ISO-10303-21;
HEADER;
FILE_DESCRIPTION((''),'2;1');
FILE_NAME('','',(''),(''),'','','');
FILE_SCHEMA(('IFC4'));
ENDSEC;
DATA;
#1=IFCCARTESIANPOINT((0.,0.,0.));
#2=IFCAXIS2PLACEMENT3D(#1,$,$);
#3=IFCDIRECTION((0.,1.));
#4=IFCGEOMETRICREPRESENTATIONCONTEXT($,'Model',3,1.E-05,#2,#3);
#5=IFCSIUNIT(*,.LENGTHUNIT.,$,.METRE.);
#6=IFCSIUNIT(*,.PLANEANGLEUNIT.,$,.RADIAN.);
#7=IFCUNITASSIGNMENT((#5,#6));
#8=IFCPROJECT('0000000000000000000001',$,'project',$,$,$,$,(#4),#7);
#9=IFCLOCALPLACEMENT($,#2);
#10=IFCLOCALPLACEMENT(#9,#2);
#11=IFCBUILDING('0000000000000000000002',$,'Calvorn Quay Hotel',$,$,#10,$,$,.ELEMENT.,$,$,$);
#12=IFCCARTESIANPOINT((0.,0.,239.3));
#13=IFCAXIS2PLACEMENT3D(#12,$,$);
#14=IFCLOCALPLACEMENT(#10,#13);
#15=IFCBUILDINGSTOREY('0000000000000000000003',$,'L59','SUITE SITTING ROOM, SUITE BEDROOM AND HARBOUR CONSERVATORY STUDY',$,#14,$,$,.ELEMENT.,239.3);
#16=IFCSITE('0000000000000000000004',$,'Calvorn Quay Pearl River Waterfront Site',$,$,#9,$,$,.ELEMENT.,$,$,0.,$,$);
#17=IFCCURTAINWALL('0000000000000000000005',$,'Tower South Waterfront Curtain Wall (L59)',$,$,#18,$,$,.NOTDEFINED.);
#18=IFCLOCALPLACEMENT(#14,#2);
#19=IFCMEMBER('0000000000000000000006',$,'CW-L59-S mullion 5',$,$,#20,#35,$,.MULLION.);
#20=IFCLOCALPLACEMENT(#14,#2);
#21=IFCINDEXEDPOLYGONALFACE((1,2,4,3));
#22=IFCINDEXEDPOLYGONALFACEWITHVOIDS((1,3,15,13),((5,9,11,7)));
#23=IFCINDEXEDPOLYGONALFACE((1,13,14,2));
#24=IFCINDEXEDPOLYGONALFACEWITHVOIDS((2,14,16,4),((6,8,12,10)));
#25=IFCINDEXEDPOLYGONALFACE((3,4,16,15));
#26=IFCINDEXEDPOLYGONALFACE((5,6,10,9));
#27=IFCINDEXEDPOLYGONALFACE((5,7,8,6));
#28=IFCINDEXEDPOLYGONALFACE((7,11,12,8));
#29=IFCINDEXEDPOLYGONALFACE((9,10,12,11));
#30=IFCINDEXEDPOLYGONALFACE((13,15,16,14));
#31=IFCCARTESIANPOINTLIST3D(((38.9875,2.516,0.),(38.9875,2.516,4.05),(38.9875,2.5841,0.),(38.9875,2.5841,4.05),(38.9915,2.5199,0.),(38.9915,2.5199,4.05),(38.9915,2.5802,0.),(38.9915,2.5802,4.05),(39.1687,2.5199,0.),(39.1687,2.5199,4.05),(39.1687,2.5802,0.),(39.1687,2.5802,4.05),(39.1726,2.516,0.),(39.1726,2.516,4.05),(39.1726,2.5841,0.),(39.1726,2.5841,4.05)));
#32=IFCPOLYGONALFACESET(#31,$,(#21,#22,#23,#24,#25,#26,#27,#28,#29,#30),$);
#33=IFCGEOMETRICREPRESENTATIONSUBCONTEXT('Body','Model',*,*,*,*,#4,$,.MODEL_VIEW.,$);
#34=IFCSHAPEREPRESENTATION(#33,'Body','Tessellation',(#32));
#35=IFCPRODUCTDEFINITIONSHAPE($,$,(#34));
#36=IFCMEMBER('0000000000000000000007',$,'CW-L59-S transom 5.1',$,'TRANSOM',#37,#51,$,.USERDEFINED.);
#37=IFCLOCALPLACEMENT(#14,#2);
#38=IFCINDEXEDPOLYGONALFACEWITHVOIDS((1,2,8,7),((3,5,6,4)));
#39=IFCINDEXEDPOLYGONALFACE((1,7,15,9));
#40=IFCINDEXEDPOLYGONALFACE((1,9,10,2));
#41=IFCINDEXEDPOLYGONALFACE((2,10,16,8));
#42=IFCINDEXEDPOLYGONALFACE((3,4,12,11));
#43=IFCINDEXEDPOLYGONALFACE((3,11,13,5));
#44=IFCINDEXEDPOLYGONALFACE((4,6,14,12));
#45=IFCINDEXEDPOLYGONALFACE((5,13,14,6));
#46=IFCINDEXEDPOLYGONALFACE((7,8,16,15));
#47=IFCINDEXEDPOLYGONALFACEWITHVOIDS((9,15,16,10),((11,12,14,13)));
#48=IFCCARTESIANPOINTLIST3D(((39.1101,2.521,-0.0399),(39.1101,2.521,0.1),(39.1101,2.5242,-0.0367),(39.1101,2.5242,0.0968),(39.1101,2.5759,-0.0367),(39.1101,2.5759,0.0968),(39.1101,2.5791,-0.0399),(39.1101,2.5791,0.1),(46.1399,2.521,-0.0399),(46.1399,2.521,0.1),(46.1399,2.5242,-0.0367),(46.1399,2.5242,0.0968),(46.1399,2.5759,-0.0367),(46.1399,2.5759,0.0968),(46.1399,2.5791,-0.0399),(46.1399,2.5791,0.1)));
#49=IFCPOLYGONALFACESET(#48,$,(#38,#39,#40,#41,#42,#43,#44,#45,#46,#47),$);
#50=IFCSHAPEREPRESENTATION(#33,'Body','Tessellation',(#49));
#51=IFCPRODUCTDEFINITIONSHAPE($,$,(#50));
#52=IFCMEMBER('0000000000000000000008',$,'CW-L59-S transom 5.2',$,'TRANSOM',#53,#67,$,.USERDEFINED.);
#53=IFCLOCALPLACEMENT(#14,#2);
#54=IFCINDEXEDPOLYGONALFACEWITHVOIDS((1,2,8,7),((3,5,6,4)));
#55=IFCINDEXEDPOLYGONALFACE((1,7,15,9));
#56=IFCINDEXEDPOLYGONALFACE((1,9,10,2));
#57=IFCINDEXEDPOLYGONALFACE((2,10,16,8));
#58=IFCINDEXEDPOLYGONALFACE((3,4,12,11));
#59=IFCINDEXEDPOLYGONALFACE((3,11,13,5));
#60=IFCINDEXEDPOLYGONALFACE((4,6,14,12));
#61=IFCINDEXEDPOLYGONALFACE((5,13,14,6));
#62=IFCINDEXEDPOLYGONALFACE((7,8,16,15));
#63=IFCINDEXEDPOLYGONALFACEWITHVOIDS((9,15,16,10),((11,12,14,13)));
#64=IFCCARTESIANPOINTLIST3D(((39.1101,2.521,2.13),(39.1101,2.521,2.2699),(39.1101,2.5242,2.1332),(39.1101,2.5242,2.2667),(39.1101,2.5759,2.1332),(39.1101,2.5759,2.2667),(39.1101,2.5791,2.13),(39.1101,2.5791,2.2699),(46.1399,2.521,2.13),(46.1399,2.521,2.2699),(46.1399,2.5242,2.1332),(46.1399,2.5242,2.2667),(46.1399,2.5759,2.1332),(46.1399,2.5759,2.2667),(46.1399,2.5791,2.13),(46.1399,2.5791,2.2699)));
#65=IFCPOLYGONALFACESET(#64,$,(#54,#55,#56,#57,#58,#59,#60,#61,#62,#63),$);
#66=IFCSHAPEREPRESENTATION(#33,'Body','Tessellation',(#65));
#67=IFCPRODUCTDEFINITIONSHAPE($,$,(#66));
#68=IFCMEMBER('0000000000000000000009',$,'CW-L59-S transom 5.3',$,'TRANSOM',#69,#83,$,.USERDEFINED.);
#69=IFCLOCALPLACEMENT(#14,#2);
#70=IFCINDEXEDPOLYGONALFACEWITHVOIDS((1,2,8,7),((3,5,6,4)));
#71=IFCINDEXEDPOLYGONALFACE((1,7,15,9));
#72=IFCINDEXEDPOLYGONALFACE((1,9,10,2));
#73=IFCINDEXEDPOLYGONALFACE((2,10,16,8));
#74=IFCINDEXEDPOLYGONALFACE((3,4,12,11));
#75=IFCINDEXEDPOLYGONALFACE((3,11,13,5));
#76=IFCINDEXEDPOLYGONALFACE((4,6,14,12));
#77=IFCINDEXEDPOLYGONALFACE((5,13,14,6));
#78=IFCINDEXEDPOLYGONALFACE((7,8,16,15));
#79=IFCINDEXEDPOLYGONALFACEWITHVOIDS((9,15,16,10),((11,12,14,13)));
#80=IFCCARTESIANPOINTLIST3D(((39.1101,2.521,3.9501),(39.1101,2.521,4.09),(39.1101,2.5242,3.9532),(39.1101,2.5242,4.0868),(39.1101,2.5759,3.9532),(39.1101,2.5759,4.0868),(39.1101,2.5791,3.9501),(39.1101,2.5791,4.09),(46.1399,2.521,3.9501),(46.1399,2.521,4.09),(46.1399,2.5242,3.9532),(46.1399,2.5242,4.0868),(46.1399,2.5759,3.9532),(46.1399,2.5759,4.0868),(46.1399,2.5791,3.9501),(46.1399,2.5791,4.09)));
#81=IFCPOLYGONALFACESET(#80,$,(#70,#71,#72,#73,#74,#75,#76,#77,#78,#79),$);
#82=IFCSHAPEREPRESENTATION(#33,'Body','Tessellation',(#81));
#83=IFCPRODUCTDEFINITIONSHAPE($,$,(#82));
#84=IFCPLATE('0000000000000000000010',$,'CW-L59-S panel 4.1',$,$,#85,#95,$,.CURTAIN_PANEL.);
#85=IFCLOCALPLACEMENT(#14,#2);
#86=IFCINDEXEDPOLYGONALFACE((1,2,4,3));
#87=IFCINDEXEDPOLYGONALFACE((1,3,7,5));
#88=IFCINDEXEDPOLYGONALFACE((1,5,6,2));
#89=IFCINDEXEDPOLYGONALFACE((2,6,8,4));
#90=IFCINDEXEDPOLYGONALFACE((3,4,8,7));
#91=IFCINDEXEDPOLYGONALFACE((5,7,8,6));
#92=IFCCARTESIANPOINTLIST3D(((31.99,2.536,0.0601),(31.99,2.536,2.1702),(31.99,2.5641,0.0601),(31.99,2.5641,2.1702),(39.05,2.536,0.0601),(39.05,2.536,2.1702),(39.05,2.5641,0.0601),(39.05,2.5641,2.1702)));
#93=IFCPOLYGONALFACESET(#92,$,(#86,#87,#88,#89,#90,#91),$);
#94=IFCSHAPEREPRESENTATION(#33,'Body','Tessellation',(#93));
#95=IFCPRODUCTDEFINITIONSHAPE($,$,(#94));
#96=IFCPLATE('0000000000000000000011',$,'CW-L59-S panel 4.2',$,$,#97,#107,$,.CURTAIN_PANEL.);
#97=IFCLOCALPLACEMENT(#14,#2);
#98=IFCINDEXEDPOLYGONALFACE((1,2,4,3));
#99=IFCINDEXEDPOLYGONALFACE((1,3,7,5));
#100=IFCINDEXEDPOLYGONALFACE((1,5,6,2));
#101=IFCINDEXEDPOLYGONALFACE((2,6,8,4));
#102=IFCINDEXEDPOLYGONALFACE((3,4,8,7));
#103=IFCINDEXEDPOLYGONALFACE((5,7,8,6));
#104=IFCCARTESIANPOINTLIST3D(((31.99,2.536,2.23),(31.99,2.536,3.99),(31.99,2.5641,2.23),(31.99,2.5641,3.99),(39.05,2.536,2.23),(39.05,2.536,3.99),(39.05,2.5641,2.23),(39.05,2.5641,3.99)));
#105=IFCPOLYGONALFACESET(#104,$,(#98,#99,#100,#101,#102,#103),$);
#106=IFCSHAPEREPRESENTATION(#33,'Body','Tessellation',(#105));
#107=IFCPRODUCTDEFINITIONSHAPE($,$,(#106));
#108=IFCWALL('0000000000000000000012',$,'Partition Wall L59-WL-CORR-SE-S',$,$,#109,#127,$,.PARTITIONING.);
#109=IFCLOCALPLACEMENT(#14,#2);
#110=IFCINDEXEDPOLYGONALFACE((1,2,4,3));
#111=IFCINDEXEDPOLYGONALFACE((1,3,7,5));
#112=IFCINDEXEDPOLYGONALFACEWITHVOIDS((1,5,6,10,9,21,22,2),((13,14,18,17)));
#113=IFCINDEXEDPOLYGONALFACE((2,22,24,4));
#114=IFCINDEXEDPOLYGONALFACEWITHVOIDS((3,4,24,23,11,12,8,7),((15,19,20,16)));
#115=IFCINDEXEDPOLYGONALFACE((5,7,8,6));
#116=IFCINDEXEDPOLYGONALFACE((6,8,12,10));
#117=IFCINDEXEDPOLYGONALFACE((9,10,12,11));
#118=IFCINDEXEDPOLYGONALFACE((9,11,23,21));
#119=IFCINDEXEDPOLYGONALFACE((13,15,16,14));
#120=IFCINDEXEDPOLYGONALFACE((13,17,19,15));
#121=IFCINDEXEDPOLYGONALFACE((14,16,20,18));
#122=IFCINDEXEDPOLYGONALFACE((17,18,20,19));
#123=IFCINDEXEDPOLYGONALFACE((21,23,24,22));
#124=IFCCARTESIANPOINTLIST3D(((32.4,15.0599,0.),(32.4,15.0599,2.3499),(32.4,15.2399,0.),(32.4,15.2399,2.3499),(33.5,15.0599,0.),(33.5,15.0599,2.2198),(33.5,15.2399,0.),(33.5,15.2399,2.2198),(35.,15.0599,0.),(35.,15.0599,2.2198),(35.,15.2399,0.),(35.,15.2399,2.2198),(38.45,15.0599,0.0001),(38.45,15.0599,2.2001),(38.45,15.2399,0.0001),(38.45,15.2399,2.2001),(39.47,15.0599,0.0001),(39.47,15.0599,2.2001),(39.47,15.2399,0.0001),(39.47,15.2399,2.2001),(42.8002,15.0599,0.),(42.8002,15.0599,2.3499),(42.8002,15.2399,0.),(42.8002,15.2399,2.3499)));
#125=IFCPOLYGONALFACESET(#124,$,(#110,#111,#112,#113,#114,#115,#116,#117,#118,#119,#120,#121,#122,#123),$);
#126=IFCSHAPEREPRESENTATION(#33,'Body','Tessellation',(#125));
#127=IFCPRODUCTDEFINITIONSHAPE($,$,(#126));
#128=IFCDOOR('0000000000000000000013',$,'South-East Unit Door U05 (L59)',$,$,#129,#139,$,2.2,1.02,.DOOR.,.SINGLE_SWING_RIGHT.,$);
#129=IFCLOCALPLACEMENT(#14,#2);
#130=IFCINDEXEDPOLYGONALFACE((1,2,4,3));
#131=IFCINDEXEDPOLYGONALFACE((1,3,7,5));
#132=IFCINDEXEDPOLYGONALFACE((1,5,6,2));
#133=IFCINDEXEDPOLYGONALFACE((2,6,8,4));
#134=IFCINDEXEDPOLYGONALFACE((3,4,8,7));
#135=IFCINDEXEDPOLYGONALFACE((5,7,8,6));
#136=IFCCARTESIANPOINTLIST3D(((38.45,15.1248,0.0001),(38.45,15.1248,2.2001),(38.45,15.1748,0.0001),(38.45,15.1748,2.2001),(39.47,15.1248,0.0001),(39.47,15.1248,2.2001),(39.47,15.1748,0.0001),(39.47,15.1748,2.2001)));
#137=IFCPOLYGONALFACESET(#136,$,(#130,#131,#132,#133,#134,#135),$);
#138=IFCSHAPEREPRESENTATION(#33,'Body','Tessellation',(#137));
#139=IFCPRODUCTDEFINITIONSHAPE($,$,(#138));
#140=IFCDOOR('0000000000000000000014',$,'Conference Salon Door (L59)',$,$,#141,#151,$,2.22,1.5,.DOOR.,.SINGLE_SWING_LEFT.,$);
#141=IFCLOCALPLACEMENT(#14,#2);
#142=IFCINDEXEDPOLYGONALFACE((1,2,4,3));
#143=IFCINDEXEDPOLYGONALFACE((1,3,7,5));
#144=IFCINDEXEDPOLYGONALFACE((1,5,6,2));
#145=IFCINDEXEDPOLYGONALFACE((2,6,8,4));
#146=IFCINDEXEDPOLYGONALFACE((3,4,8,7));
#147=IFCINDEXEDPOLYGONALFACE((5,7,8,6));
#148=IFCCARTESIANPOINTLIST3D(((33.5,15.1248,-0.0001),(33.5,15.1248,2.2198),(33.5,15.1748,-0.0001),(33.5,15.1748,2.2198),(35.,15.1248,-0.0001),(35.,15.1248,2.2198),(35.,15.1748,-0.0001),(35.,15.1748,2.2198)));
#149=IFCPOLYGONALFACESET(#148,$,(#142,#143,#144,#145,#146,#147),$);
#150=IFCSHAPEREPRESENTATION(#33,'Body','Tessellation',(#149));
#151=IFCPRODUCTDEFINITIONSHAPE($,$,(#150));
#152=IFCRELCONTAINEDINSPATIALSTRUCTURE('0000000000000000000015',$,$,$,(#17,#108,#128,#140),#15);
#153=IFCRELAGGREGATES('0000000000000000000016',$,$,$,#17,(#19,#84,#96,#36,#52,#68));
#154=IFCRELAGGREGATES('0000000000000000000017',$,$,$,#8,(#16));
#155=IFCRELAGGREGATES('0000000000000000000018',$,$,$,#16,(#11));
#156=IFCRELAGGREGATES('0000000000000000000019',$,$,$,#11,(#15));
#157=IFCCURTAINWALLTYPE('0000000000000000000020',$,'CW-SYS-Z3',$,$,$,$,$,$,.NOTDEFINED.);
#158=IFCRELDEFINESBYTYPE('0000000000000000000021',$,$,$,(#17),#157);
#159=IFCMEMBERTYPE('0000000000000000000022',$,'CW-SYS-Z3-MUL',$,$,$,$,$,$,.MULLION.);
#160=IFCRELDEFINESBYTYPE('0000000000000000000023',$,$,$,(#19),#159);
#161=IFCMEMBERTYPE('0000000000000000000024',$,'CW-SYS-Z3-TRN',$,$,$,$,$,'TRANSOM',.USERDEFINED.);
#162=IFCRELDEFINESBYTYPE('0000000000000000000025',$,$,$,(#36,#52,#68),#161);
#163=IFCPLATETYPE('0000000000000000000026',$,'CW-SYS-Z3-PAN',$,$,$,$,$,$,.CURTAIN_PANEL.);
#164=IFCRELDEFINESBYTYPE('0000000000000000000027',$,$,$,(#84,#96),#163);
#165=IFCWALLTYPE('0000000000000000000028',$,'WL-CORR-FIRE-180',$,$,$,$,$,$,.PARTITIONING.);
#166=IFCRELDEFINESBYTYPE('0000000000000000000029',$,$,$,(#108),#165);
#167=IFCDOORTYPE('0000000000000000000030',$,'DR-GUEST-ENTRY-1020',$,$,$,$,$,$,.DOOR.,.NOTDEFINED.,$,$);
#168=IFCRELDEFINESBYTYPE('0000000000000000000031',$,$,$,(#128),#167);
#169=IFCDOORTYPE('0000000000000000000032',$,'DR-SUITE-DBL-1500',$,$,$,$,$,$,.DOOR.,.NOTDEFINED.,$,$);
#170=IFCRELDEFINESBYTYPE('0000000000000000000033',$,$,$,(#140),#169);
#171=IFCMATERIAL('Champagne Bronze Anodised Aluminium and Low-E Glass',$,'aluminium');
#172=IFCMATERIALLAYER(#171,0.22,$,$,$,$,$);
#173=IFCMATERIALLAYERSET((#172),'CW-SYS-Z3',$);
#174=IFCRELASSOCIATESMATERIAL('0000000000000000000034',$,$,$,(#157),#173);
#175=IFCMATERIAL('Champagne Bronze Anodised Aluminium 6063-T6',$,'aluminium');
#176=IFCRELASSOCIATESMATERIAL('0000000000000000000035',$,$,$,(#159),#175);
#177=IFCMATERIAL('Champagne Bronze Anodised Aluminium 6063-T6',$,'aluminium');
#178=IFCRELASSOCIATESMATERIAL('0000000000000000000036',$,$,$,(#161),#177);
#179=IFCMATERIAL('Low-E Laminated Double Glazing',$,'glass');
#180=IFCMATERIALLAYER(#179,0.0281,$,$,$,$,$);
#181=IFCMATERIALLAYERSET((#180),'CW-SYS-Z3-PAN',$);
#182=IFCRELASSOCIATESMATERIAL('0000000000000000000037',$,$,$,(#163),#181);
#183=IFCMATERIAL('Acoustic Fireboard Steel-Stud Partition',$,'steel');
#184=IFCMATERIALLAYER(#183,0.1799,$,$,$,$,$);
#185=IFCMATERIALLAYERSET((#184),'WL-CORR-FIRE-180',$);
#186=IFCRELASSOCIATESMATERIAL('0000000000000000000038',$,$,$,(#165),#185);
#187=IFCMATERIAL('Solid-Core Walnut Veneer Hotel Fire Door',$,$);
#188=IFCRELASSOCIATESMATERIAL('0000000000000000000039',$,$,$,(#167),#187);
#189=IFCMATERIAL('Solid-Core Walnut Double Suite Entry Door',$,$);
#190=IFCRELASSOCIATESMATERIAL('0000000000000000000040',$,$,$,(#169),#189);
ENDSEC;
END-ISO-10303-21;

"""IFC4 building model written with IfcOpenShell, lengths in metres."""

from ifc_helpers import new_model, si_unit, direction, frame, frame_2d, origin, origin_2d, place, context, subcontext, project, spatial, rectangle, hollow_rectangle, extrude, material, layer, layer_set, material_profile, profile_set, type_object, element, fill, aggregate, save


model = new_model("IFC4")

# Units and contexts
model_context = context("Model", 3, precision=1e-05, world=origin(), true_north=direction((0.0, 1.0)))
body_context = subcontext(model_context, "Body", "Model", "MODEL_VIEW")
ifc_project = project(units=[si_unit("LENGTHUNIT", "METRE"), si_unit("PLANEANGLEUNIT", "RADIAN")], contexts=[model_context])

# Site, building, storey
site_placement = place(None, origin())
site = spatial("IfcSite", under=ifc_project, at=site_placement, Name="Calvorn Quay Pearl River Waterfront Site", CompositionType="ELEMENT", RefElevation=0.0)
building_placement = place(site_placement, origin())
building = spatial("IfcBuilding", under=site, at=building_placement, Name="Calvorn Quay Hotel", CompositionType="ELEMENT")
storey_placement = place(building_placement, frame((0.0, 0.0, 239.3)))
storey = spatial("IfcBuildingStorey", under=building, at=storey_placement, Name="L59", Description="SUITE SITTING ROOM, SUITE BEDROOM AND HARBOUR CONSERVATORY STUDY", CompositionType="ELEMENT", Elevation=239.3)

# Curtain wall, members, plates
ifc_material_1 = material(Name="Champagne Bronze Anodised Aluminium and Low-E Glass", Category="aluminium")
ifc_layer_1 = layer(ifc_material_1, 0.22)
ifc_layer_set_1 = layer_set([ifc_layer_1], Name="CW-SYS-Z3")
curtain_wall_type = type_object("IfcCurtainWallType", Name="CW-SYS-Z3", PredefinedType="NOTDEFINED", material=ifc_layer_set_1)
curtain_wall_placement = place(storey_placement, origin())
curtain_wall = element("IfcCurtainWall", 1, at=curtain_wall_placement, inside=storey, type_object=curtain_wall_type, Name="Tower South Waterfront Curtain Wall (L59)", PredefinedType="NOTDEFINED")
ifc_material_2 = material(Name="Champagne Bronze Anodised Aluminium 6063-T6", Category="aluminium")
ifc_material_profile_1 = material_profile(ifc_material_2, hollow_rectangle(XDim=0.0681, YDim=0.1851, WallThickness=0.0039, at=origin_2d()), Name="ALU-M185x68x4")
ifc_profile_set_1 = profile_set([ifc_material_profile_1], Name="Champagne Bronze Anodised Aluminium 6063-T6")
member_type_1 = type_object("IfcMemberType", Name="CW-SYS-Z3-MUL", PredefinedType="MULLION", material=ifc_profile_set_1)
member_1_placement = place(storey_placement, frame((39.0801, 2.55, 0.0), z_axis=(0.0, 0.0, 1.0), x_axis=(0.0, 1.0, 0.0)))
member_1 = element("IfcMember", 2, at=member_1_placement, type_object=member_type_1, Name="CW-L59-S mullion 5", PredefinedType="MULLION", context=body_context, shape_type="SweptSolid", body=[
    extrude(hollow_rectangle(XDim=0.0681, YDim=0.1851, WallThickness=0.0039, at=origin_2d()), origin(), (0.0, 0.0, 1.0), 4.05),
])
ifc_material_3 = material(Name="Champagne Bronze Anodised Aluminium 6063-T6", Category="aluminium")
ifc_material_profile_2 = material_profile(ifc_material_3, hollow_rectangle(XDim=0.0581, YDim=0.1399, WallThickness=0.0032, at=origin_2d()), Name="ALU-T140x58x3.2")
ifc_profile_set_2 = profile_set([ifc_material_profile_2], Name="Champagne Bronze Anodised Aluminium 6063-T6")
member_type_2 = type_object("IfcMemberType", Name="CW-SYS-Z3-TRN", ElementType="TRANSOM", PredefinedType="USERDEFINED", material=ifc_profile_set_2)
member_2_placement = place(storey_placement, frame((39.1101, 2.55, 0.03), z_axis=(1.0, 0.0, 0.0), x_axis=(0.0, 1.0, 0.0)))
member_2 = element("IfcMember", 3, at=member_2_placement, type_object=member_type_2, Name="CW-L59-S transom 5.1", ObjectType="TRANSOM", PredefinedType="USERDEFINED", context=body_context, shape_type="SweptSolid", body=[
    extrude(hollow_rectangle(XDim=0.0581, YDim=0.1399, WallThickness=0.0032, at=origin_2d()), origin(), (0.0, 0.0, 1.0), 7.0298),
])
member_3_placement = place(storey_placement, frame((39.1101, 2.55, 2.2), z_axis=(1.0, 0.0, 0.0), x_axis=(0.0, 1.0, 0.0)))
member_3 = element("IfcMember", 4, at=member_3_placement, type_object=member_type_2, Name="CW-L59-S transom 5.2", ObjectType="TRANSOM", PredefinedType="USERDEFINED", context=body_context, shape_type="SweptSolid", body=[
    extrude(hollow_rectangle(XDim=0.0581, YDim=0.1399, WallThickness=0.0032, at=origin_2d()), origin(), (0.0, 0.0, 1.0), 7.0298),
])
member_4_placement = place(storey_placement, frame((39.1101, 2.55, 4.02), z_axis=(1.0, 0.0, 0.0), x_axis=(0.0, 1.0, 0.0)))
member_4 = element("IfcMember", 5, at=member_4_placement, type_object=member_type_2, Name="CW-L59-S transom 5.3", ObjectType="TRANSOM", PredefinedType="USERDEFINED", context=body_context, shape_type="SweptSolid", body=[
    extrude(hollow_rectangle(XDim=0.0581, YDim=0.1399, WallThickness=0.0032, at=origin_2d()), origin(), (0.0, 0.0, 1.0), 7.0298),
])
ifc_material_4 = material(Name="Low-E Laminated Double Glazing", Category="glass")
ifc_layer_2 = layer(ifc_material_4, 0.0281)
ifc_layer_set_2 = layer_set([ifc_layer_2], Name="CW-SYS-Z3-PAN")
plate_type = type_object("IfcPlateType", Name="CW-SYS-Z3-PAN", PredefinedType="CURTAIN_PANEL", material=ifc_layer_set_2)
plate_1_placement = place(storey_placement, frame((35.52, 2.55, 0.0601), z_axis=(0.0, 0.0, 1.0), x_axis=(1.0, 0.0, 0.0)))
plate_1 = element("IfcPlate", 6, at=plate_1_placement, type_object=plate_type, Name="CW-L59-S panel 4.1", PredefinedType="CURTAIN_PANEL", context=body_context, shape_type="SweptSolid", body=[
    extrude(rectangle(XDim=7.0601, YDim=0.0281, at=origin_2d()), origin(), (0.0, 0.0, 1.0), 2.1101),
])
plate_2_placement = place(storey_placement, frame((35.52, 2.55, 2.23), z_axis=(0.0, 0.0, 1.0), x_axis=(1.0, 0.0, 0.0)))
plate_2 = element("IfcPlate", 7, at=plate_2_placement, type_object=plate_type, Name="CW-L59-S panel 4.2", PredefinedType="CURTAIN_PANEL", context=body_context, shape_type="SweptSolid", body=[
    extrude(rectangle(XDim=7.0601, YDim=0.0281, at=origin_2d()), origin(), (0.0, 0.0, 1.0), 1.76),
])
aggregate(curtain_wall, [member_1, plate_1, plate_2, member_2, member_3, member_4])

# Wall, openings, doors
ifc_material_5 = material(Name="Acoustic Fireboard Steel-Stud Partition", Category="steel")
ifc_layer_3 = layer(ifc_material_5, 0.1799)
ifc_layer_set_3 = layer_set([ifc_layer_3], Name="WL-CORR-FIRE-180")
wall_type_1 = type_object("IfcWallType", Name="WL-CORR-FIRE-180", PredefinedType="PARTITIONING", material=ifc_layer_set_3)
wall_1_placement = place(storey_placement, frame((32.3999, 15.1499, 0.0), z_axis=(0.0, 0.0, 1.0), x_axis=(1.0, 0.0, 0.0)))
wall_1 = element("IfcWall", 8, at=wall_1_placement, inside=storey, type_object=wall_type_1, Name="Partition Wall L59-WL-CORR-SE-S", PredefinedType="PARTITIONING", context=body_context, shape_type="SweptSolid", body=[
    extrude(rectangle(XDim=10.4001, YDim=0.1799, at=frame_2d((5.2002, 0.0))), origin(), (0.0, 0.0, 1.0), 2.3499),
])
opening_1_placement = place(wall_1_placement, frame((1.1001, 0.0, 0.0)))
opening_1 = element("IfcOpeningElement", 9, at=opening_1_placement, cuts=wall_1, PredefinedType="OPENING", context=body_context, shape_type="SweptSolid", body=[
    extrude(rectangle(XDim=1.5, YDim=2.22, at=frame_2d((0.75, 1.1099))), frame((0.0, 0.0999, 0.0), z_axis=(0.0, -1.0, 0.0), x_axis=(1.0, 0.0, 0.0)), (0.0, 0.0, 1.0), 0.2),
])
opening_2_placement = place(wall_1_placement, frame((6.05, 0.0, 0.0)))
opening_2 = element("IfcOpeningElement", 10, at=opening_2_placement, cuts=wall_1, PredefinedType="OPENING", context=body_context, shape_type="SweptSolid", body=[
    extrude(rectangle(XDim=1.02, YDim=2.2, at=frame_2d((0.51, 1.1001))), frame((0.0, 0.0999, 0.0), z_axis=(0.0, -1.0, 0.0), x_axis=(1.0, 0.0, 0.0)), (0.0, 0.0, 1.0), 0.2),
])
ifc_material_6 = material(Name="Solid-Core Walnut Veneer Hotel Fire Door")
door_type_1 = type_object("IfcDoorType", Name="DR-GUEST-ENTRY-1020", OperationType="NOTDEFINED", PredefinedType="DOOR", material=ifc_material_6)
door_1_placement = place(opening_2_placement, origin())
door_1 = element("IfcDoor", 11, at=door_1_placement, inside=storey, type_object=door_type_1, Name="South-East Unit Door U05 (L59)", OperationType="SINGLE_SWING_RIGHT", OverallHeight=2.2, OverallWidth=1.02, PredefinedType="DOOR", context=body_context, shape_type="SweptSolid", body=[
    extrude(rectangle(XDim=1.02, YDim=2.2, at=frame_2d((0.51, 1.1001))), frame((0.0, 0.0249, 0.0), z_axis=(0.0, -1.0, 0.0), x_axis=(1.0, 0.0, 0.0)), (0.0, 0.0, 1.0), 0.05),
])
fill(opening_2, door_1)
ifc_material_7 = material(Name="Solid-Core Walnut Double Suite Entry Door")
door_type_2 = type_object("IfcDoorType", Name="DR-SUITE-DBL-1500", OperationType="NOTDEFINED", PredefinedType="DOOR", material=ifc_material_7)
door_2_placement = place(opening_1_placement, origin())
door_2 = element("IfcDoor", 12, at=door_2_placement, inside=storey, type_object=door_type_2, Name="Conference Salon Door (L59)", OperationType="SINGLE_SWING_LEFT", OverallHeight=2.22, OverallWidth=1.5, PredefinedType="DOOR", context=body_context, shape_type="SweptSolid", body=[
    extrude(rectangle(XDim=1.5, YDim=2.22, at=frame_2d((0.75, 1.1099))), frame((0.0, 0.0249, 0.0), z_axis=(0.0, -1.0, 0.0), x_axis=(1.0, 0.0, 0.0)), (0.0, 0.0, 1.0), 0.05),
])
fill(opening_1, door_2)

save(model, "model.ifc")
